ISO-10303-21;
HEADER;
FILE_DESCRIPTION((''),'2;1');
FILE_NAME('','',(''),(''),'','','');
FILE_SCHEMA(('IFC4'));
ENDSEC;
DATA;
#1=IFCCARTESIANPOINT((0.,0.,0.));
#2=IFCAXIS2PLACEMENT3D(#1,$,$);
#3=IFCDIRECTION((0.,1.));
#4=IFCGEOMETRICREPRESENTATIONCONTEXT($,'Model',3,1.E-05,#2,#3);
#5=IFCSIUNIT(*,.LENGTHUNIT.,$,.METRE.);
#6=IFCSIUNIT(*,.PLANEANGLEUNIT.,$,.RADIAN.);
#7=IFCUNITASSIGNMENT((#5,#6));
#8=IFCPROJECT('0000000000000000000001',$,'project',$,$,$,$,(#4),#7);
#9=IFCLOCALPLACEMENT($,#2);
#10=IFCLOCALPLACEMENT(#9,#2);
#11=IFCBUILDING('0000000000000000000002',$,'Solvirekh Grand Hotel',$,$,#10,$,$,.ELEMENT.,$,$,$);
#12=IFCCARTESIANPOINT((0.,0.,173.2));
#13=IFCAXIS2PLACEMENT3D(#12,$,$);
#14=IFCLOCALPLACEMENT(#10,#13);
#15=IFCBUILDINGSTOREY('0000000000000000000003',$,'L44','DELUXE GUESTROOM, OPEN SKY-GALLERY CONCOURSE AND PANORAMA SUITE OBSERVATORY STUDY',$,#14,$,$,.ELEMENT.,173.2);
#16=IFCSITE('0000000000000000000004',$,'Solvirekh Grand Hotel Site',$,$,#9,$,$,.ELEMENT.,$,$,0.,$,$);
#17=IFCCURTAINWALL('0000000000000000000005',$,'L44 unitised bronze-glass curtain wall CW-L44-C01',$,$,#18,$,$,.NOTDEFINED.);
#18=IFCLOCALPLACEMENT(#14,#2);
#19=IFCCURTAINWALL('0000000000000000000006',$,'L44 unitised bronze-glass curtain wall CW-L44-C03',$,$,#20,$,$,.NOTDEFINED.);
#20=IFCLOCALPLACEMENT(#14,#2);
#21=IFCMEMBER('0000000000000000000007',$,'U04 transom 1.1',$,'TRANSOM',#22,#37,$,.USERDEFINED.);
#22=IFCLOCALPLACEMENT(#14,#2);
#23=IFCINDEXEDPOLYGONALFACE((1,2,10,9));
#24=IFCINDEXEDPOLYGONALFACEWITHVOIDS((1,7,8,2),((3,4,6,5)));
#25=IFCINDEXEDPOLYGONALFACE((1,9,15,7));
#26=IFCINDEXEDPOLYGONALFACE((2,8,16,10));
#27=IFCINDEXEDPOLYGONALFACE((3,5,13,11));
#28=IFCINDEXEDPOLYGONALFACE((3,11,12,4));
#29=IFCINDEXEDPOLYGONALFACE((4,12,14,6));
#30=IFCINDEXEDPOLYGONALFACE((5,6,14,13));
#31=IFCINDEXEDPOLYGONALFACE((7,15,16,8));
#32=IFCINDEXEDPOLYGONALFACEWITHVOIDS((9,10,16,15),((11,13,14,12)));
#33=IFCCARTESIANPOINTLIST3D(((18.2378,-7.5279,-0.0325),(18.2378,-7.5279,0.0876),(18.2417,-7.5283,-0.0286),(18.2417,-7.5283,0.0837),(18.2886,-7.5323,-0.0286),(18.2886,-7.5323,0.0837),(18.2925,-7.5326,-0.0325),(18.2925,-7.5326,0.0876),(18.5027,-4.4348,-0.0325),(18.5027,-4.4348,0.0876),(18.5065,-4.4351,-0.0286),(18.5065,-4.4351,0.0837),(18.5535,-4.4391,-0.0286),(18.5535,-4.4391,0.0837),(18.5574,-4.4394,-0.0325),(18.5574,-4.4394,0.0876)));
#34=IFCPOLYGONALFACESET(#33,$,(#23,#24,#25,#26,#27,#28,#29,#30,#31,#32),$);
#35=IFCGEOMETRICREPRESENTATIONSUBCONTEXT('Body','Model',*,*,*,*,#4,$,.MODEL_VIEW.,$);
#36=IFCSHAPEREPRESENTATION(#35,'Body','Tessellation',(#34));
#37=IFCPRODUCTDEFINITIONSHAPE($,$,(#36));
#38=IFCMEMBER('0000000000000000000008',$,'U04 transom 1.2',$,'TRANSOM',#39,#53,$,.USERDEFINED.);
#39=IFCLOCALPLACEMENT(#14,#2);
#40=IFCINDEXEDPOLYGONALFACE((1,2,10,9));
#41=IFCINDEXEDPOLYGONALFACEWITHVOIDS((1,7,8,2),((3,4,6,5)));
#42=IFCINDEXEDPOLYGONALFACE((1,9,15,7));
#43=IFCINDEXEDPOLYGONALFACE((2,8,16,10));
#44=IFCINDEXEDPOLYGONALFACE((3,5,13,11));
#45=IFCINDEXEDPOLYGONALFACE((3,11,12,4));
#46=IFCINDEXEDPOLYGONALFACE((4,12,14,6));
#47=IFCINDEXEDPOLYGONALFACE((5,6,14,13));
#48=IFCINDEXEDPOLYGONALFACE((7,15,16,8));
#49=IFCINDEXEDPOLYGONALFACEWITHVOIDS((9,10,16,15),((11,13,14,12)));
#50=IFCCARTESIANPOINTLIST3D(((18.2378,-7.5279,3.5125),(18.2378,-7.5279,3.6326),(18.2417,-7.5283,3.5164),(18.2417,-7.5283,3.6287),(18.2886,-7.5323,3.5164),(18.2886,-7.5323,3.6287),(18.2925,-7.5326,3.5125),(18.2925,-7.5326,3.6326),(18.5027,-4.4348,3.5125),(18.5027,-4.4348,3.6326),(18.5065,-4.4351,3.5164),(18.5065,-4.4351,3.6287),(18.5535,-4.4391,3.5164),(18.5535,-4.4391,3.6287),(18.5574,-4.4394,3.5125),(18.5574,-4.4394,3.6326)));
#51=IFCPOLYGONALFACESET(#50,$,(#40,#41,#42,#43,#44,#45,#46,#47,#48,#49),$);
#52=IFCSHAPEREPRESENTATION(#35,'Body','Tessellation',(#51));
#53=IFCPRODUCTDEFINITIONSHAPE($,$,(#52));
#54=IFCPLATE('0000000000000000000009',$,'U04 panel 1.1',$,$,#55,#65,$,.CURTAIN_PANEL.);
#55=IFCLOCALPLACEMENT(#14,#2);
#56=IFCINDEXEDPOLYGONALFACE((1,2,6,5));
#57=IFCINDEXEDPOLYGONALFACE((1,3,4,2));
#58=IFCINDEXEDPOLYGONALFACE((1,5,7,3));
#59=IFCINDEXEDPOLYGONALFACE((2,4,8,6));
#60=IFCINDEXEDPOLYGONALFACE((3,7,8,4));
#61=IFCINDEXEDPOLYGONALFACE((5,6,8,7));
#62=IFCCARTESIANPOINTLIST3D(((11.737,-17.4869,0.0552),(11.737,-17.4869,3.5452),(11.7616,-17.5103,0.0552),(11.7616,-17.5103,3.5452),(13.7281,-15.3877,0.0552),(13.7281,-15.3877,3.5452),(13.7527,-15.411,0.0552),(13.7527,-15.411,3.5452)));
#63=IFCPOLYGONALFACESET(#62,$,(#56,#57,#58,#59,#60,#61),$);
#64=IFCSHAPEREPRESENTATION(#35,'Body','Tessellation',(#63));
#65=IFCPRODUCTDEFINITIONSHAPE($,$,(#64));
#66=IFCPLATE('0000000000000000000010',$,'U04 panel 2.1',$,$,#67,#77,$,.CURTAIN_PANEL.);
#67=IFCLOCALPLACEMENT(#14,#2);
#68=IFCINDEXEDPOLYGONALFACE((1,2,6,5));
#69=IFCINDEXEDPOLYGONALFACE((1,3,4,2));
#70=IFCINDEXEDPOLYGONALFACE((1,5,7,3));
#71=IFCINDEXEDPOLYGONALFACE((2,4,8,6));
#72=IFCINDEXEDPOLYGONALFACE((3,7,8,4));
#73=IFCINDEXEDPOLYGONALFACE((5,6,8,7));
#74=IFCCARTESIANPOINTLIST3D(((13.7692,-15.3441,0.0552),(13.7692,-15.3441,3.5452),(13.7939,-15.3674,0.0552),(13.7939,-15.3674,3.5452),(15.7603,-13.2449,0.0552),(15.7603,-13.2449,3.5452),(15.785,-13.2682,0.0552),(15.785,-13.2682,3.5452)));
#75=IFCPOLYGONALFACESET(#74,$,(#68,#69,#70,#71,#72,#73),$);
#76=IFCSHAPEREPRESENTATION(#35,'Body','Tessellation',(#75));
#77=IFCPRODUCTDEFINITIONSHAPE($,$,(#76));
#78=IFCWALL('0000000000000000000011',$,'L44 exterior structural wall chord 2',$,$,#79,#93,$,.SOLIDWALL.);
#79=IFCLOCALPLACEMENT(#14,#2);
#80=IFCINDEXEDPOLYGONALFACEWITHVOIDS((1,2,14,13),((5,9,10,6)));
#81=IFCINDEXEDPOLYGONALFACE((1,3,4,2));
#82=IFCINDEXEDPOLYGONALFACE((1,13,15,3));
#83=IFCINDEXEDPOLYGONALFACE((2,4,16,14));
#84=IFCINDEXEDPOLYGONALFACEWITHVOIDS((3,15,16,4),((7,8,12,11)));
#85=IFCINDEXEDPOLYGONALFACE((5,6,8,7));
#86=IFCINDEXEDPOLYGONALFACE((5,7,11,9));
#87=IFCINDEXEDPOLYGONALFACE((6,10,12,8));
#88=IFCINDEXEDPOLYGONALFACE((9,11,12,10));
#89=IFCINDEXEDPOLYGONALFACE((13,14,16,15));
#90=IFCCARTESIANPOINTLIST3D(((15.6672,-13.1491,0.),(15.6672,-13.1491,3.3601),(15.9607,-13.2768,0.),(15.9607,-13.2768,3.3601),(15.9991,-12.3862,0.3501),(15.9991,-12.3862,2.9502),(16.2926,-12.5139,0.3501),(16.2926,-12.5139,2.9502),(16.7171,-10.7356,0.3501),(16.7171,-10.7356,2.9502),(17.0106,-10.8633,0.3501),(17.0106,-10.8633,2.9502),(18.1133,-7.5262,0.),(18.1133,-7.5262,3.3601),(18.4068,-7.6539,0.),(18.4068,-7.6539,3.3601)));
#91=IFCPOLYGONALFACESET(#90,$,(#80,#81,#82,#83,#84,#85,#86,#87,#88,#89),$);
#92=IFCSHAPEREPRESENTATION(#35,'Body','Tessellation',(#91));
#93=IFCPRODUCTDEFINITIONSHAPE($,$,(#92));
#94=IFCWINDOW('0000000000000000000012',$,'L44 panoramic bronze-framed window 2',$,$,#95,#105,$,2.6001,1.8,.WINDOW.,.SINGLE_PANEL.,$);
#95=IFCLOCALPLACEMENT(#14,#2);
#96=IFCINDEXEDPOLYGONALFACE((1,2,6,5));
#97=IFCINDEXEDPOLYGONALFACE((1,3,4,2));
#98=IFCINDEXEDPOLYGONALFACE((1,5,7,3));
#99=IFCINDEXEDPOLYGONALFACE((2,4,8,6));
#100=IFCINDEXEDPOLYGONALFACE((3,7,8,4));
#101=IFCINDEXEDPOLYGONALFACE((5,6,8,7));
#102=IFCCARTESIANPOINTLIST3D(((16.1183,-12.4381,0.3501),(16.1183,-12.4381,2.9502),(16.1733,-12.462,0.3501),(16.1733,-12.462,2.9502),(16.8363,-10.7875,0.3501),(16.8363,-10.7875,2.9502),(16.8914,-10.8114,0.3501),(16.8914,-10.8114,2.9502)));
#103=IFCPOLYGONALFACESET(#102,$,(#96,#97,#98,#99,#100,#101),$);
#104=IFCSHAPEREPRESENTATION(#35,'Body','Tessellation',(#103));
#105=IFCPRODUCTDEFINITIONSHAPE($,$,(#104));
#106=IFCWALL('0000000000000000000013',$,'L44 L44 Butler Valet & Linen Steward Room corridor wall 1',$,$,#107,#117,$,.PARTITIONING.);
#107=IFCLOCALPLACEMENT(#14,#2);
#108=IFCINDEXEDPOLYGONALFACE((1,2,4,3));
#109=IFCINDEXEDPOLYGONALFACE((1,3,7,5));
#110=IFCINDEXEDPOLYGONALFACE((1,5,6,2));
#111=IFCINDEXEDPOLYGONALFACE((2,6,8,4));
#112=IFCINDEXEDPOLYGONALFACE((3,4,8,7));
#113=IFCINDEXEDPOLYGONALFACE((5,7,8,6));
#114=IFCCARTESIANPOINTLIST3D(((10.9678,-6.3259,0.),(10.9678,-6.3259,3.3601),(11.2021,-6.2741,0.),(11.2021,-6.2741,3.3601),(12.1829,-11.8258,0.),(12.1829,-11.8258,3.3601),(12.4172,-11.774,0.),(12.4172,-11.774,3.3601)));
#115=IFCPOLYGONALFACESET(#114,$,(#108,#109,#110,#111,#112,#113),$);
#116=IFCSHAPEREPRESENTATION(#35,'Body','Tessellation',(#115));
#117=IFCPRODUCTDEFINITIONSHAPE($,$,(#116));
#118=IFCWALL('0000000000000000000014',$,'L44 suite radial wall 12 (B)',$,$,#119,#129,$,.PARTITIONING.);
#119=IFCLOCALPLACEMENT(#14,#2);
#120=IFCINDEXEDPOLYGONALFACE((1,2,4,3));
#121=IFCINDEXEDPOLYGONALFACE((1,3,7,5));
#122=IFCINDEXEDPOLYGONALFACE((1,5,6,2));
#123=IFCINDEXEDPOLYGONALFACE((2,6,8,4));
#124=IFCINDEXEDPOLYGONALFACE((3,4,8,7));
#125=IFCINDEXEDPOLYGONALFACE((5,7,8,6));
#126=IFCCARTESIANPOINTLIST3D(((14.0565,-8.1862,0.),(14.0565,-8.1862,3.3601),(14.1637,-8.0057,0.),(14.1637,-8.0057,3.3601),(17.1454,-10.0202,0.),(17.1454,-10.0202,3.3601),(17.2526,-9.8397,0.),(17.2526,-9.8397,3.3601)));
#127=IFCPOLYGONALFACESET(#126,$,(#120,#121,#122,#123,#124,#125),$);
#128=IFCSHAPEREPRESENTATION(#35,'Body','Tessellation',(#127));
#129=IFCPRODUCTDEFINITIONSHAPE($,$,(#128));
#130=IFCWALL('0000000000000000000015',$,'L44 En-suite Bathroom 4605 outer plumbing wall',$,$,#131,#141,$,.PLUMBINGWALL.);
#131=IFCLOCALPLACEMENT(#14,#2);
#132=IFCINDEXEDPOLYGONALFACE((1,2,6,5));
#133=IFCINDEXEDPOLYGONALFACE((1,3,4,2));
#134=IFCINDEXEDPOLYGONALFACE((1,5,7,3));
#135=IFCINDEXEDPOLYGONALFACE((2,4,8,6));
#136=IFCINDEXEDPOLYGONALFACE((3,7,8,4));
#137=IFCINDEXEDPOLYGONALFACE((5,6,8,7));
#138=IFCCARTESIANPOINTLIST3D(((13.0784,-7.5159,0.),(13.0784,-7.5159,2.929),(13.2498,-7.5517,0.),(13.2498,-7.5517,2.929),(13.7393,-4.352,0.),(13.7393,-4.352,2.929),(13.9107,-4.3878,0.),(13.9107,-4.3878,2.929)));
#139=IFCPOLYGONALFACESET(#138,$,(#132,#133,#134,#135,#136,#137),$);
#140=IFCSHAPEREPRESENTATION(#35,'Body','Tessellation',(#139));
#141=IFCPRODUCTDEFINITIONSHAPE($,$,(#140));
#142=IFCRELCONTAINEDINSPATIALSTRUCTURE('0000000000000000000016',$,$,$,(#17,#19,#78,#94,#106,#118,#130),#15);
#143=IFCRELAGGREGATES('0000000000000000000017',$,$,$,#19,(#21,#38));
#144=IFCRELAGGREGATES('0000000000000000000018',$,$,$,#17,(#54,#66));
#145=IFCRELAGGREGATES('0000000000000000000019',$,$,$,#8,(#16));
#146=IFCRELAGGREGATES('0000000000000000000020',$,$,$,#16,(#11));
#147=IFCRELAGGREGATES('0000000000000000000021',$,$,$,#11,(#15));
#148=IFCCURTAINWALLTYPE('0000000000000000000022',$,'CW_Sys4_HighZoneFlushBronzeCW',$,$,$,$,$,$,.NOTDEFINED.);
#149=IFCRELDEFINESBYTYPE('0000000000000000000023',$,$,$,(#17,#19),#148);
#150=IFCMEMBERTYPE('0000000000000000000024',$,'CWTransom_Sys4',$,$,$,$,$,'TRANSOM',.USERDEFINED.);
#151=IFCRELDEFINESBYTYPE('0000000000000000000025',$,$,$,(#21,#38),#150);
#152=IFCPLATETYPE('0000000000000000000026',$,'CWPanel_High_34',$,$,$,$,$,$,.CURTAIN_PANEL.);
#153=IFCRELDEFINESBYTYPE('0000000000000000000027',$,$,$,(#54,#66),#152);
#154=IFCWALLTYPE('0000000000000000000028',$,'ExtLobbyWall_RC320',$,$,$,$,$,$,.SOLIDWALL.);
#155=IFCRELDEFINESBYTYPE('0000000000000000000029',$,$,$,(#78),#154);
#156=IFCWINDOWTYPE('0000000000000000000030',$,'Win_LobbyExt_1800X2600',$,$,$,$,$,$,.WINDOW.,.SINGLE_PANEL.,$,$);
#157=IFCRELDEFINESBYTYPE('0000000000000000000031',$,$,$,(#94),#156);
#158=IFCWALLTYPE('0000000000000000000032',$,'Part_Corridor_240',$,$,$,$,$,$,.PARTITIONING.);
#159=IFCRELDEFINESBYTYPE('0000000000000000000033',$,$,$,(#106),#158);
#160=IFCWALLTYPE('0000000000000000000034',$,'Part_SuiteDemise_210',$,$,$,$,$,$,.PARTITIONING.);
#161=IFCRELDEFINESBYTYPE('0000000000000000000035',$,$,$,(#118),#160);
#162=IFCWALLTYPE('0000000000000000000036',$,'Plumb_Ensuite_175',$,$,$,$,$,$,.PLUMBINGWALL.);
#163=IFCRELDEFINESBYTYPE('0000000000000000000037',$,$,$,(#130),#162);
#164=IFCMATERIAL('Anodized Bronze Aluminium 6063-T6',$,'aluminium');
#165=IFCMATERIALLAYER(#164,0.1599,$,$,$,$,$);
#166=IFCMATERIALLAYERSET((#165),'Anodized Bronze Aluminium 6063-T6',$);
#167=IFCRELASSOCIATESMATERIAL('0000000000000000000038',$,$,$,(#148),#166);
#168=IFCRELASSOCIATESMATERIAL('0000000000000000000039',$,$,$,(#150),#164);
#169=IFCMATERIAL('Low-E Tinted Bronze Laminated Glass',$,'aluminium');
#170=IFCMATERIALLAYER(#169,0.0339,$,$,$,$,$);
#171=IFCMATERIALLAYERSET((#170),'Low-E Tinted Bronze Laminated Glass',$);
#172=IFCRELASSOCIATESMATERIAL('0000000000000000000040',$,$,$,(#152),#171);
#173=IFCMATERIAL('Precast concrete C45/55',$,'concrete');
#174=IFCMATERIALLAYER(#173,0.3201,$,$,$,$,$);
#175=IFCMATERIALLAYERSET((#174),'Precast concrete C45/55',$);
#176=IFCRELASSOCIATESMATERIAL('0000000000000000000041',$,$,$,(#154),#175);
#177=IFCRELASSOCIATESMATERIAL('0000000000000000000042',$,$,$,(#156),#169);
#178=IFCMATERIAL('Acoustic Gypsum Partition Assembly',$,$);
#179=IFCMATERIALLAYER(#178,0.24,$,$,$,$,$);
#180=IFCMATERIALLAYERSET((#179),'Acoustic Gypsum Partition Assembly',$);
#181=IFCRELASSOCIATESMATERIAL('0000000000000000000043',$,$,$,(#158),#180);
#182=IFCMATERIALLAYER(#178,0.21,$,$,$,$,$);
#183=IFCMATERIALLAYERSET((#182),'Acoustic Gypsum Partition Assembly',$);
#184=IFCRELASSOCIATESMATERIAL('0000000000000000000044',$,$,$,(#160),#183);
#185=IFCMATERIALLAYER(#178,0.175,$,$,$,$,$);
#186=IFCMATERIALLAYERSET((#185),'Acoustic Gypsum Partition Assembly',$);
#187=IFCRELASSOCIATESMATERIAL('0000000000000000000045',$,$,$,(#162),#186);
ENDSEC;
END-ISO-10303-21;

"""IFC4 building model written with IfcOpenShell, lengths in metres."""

from ifc_helpers import new_model, si_unit, direction, frame, frame_2d, origin, origin_2d, place, context, subcontext, project, spatial, rectangle, hollow_rectangle, extrude, source, transform, mapped, material, layer, layer_set, material_profile, profile_set, type_object, element, fill, aggregate, save


model = new_model("IFC4")

# Units and contexts
model_context = context("Model", 3, precision=1e-05, world=origin(), true_north=direction((0.0, 1.0)))
body_context = subcontext(model_context, "Body", "Model", "MODEL_VIEW")
ifc_project = project(units=[si_unit("LENGTHUNIT", "METRE"), si_unit("PLANEANGLEUNIT", "RADIAN")], contexts=[model_context])

# Site, building, storey
site_placement = place(None, origin())
site = spatial("IfcSite", under=ifc_project, at=site_placement, Name="Solvirekh Grand Hotel Site", CompositionType="ELEMENT", RefElevation=0.0)
building_placement = place(site_placement, origin())
building = spatial("IfcBuilding", under=site, at=building_placement, Name="Solvirekh Grand Hotel", CompositionType="ELEMENT")
storey_placement = place(building_placement, frame((0.0, 0.0, 173.2)))
storey = spatial("IfcBuildingStorey", under=building, at=storey_placement, Name="L44", Description="DELUXE GUESTROOM, OPEN SKY-GALLERY CONCOURSE AND PANORAMA SUITE OBSERVATORY STUDY", CompositionType="ELEMENT", Elevation=173.2)

# Curtain wall
ifc_material_1 = material(Name="Anodized Bronze Aluminium 6063-T6", Category="aluminium")
ifc_layer_1 = layer(ifc_material_1, 0.1599)
ifc_layer_set_1 = layer_set([ifc_layer_1], Name="Anodized Bronze Aluminium 6063-T6")
curtain_wall_type = type_object("IfcCurtainWallType", Name="CW_Sys4_HighZoneFlushBronzeCW", PredefinedType="NOTDEFINED", material=ifc_layer_set_1)
curtain_wall_1_placement = place(storey_placement, origin())
curtain_wall_1 = element("IfcCurtainWall", 1, at=curtain_wall_1_placement, inside=storey, type_object=curtain_wall_type, Name="L44 unitised bronze-glass curtain wall CW-L44-C01", PredefinedType="NOTDEFINED")

# Curtain wall
curtain_wall_2_placement = place(storey_placement, origin())
curtain_wall_2 = element("IfcCurtainWall", 2, at=curtain_wall_2_placement, inside=storey, type_object=curtain_wall_type, Name="L44 unitised bronze-glass curtain wall CW-L44-C03", PredefinedType="NOTDEFINED")

# Members
ifc_material_profile_1 = material_profile(ifc_material_1, hollow_rectangle(XDim=0.0549, YDim=0.1201, WallThickness=0.0039, at=origin_2d()), Name="ALU RHS 120X55X4")
ifc_profile_set_1 = profile_set([ifc_material_profile_1], Name="Anodized Bronze Aluminium 6063-T6")
member_type_1 = type_object("IfcMemberType", Name="CWTransom_Sys4", ElementType="TRANSOM", PredefinedType="USERDEFINED", material=ifc_profile_set_1)
shared_shape_1 = source(origin(), body_context, "Body", "SweptSolid", [
    extrude(hollow_rectangle(XDim=0.0549, YDim=0.1201, WallThickness=0.0039, at=origin_2d()), origin(), (0.0, 0.0, 1.0), 3.1045),
])
member_1_placement = place(storey_placement, frame((18.2651, -7.5303, 0.0276), z_axis=(0.085323, 0.996353, 0.0), x_axis=(-0.996353, 0.085323, 0.0)))
member_1 = element("IfcMember", 3, at=member_1_placement, type_object=member_type_1, Name="U04 transom 1.1", ObjectType="TRANSOM", PredefinedType="USERDEFINED", context=body_context, shape_type="MappedRepresentation", body=[
    mapped(shared_shape_1, transform((0.0, 0.0, 0.0), x_axis=(1.0, 0.0, 0.0), y_axis=(0.0, 1.0, 0.0), z_axis=(0.0, 0.0, 1.0), scale=1.0)),
])
member_2_placement = place(storey_placement, frame((18.2651, -7.5303, 3.5725), z_axis=(0.085323, 0.996353, 0.0), x_axis=(-0.996353, 0.085323, 0.0)))
member_2 = element("IfcMember", 4, at=member_2_placement, type_object=member_type_1, Name="U04 transom 1.2", ObjectType="TRANSOM", PredefinedType="USERDEFINED", context=body_context, shape_type="MappedRepresentation", body=[
    mapped(shared_shape_1, transform((0.0, 0.0, 0.0), x_axis=(1.0, 0.0, 0.0), y_axis=(0.0, 1.0, 0.0), z_axis=(0.0, 0.0, 1.0), scale=1.0)),
])
aggregate(curtain_wall_2, [member_1, member_2])

# Plates
ifc_material_2 = material(Name="Low-E Tinted Bronze Laminated Glass", Category="aluminium")
ifc_layer_2 = layer(ifc_material_2, 0.0339)
ifc_layer_set_2 = layer_set([ifc_layer_2], Name="Low-E Tinted Bronze Laminated Glass")
plate_type = type_object("IfcPlateType", Name="CWPanel_High_34", PredefinedType="CURTAIN_PANEL", material=ifc_layer_set_2)
shared_shape_2 = source(origin(), body_context, "Body", "SweptSolid", [
    extrude(rectangle(XDim=2.8933, YDim=0.0339, at=origin_2d()), origin(), (0.0, 0.0, 1.0), 3.49),
])
plate_1_placement = place(storey_placement, frame((12.7449, -16.449, 0.0552), z_axis=(0.0, 0.0, 1.0), x_axis=(0.688172, 0.725547, 0.0)))
plate_1 = element("IfcPlate", 5, at=plate_1_placement, type_object=plate_type, Name="U04 panel 1.1", PredefinedType="CURTAIN_PANEL", context=body_context, shape_type="MappedRepresentation", body=[
    mapped(shared_shape_2, transform((0.0, 0.0, 0.0), x_axis=(1.0, 0.0, 0.0), y_axis=(0.0, 1.0, 0.0), z_axis=(0.0, 0.0, 1.0), scale=1.0)),
])
plate_2_placement = place(storey_placement, frame((14.7771, -14.3062, 0.0552), z_axis=(0.0, 0.0, 1.0), x_axis=(0.688172, 0.725547, 0.0)))
plate_2 = element("IfcPlate", 6, at=plate_2_placement, type_object=plate_type, Name="U04 panel 2.1", PredefinedType="CURTAIN_PANEL", context=body_context, shape_type="MappedRepresentation", body=[
    mapped(shared_shape_2, transform((0.0, 0.0, 0.0), x_axis=(1.0, 0.0, 0.0), y_axis=(0.0, 1.0, 0.0), z_axis=(0.0, 0.0, 1.0), scale=1.0)),
])
aggregate(curtain_wall_1, [plate_1, plate_2])

# Wall, opening, window
ifc_material_3 = material(Name="Precast concrete C45/55", Category="concrete")
ifc_layer_3 = layer(ifc_material_3, 0.3201)
ifc_layer_set_3 = layer_set([ifc_layer_3], Name="Precast concrete C45/55")
wall_type_1 = type_object("IfcWallType", Name="ExtLobbyWall_RC320", PredefinedType="SOLIDWALL", material=ifc_layer_set_3)
wall_1_placement = place(storey_placement, frame((18.26, -7.5901, 0.0), z_axis=(0.0, 0.0, 1.0), x_axis=(-0.398911, -0.91699, 0.0)))
wall_1 = element("IfcWall", 7, at=wall_1_placement, inside=storey, type_object=wall_type_1, Name="L44 exterior structural wall chord 2", PredefinedType="SOLIDWALL", context=body_context, shape_type="SweptSolid", body=[
    extrude(rectangle(XDim=6.1318, YDim=0.3201, at=frame_2d((3.0659, 0.0))), origin(), (0.0, 0.0, 1.0), 3.3601),
])
opening_placement = place(wall_1_placement, frame((3.5, 0.0, 0.3501)))
opening = element("IfcOpeningElement", 8, at=opening_placement, cuts=wall_1, PredefinedType="OPENING", context=body_context, shape_type="SweptSolid", body=[
    extrude(rectangle(XDim=1.8, YDim=2.6001, at=frame_2d((0.8999, 1.3))), frame((0.0, 0.1699, 0.0), z_axis=(0.0, -1.0, 0.0), x_axis=(1.0, 0.0, 0.0)), (0.0, 0.0, 1.0), 0.3401),
])
window_type = type_object("IfcWindowType", Name="Win_LobbyExt_1800X2600", PartitioningType="SINGLE_PANEL", PredefinedType="WINDOW", material=ifc_material_2)
window_placement = place(opening_placement, origin())
window = element("IfcWindow", 9, at=window_placement, inside=storey, type_object=window_type, Name="L44 panoramic bronze-framed window 2", OverallHeight=2.6001, OverallWidth=1.8, PartitioningType="SINGLE_PANEL", PredefinedType="WINDOW", context=body_context, shape_type="SweptSolid", body=[
    extrude(rectangle(XDim=1.8, YDim=2.6001, at=frame_2d((0.8999, 1.3))), frame((0.0, 0.03, 0.0), z_axis=(0.0, -1.0, 0.0), x_axis=(1.0, 0.0, 0.0)), (0.0, 0.0, 1.0), 0.0601),
])
fill(opening, window)

# Walls
ifc_material_4 = material(Name="Acoustic Gypsum Partition Assembly")
ifc_layer_4 = layer(ifc_material_4, 0.24)
ifc_layer_set_4 = layer_set([ifc_layer_4], Name="Acoustic Gypsum Partition Assembly")
wall_type_2 = type_object("IfcWallType", Name="Part_Corridor_240", PredefinedType="PARTITIONING", material=ifc_layer_set_4)
wall_2_placement = place(storey_placement, frame((12.3, -11.8, 0.0), z_axis=(0.0, 0.0, 1.0), x_axis=(-0.215723, 0.976455, 0.0)))
element("IfcWall", 10, at=wall_2_placement, inside=storey, type_object=wall_type_2, Name="L44 L44 Butler Valet & Linen Steward Room corridor wall 1", PredefinedType="PARTITIONING", context=body_context, shape_type="SweptSolid", body=[
    extrude(rectangle(XDim=5.6326, YDim=0.24, at=frame_2d((2.8164, 0.0))), origin(), (0.0, 0.0, 1.0), 3.3601),
])
ifc_layer_5 = layer(ifc_material_4, 0.21)
ifc_layer_set_5 = layer_set([ifc_layer_5], Name="Acoustic Gypsum Partition Assembly")
wall_type_3 = type_object("IfcWallType", Name="Part_SuiteDemise_210", PredefinedType="PARTITIONING", material=ifc_layer_set_5)
wall_3_placement = place(storey_placement, frame((14.1101, -8.0959, 0.0), z_axis=(0.0, 0.0, 1.0), x_axis=(0.859858, -0.510532, 0.0)))
element("IfcWall", 11, at=wall_3_placement, inside=storey, type_object=wall_type_3, Name="L44 suite radial wall 12 (B)", PredefinedType="PARTITIONING", context=body_context, shape_type="SweptSolid", body=[
    extrude(rectangle(XDim=3.5923, YDim=0.21, at=frame_2d((1.7961, 0.0))), origin(), (0.0, 0.0, 1.0), 3.3601),
])
ifc_layer_6 = layer(ifc_material_4, 0.175)
ifc_layer_set_6 = layer_set([ifc_layer_6], Name="Acoustic Gypsum Partition Assembly")
wall_type_4 = type_object("IfcWallType", Name="Plumb_Ensuite_175", PredefinedType="PLUMBINGWALL", material=ifc_layer_set_6)
wall_4_placement = place(storey_placement, frame((13.1641, -7.5339, 0.0), z_axis=(0.0, 0.0, 1.0), x_axis=(0.204476, 0.978872, 0.0)))
element("IfcWall", 12, at=wall_4_placement, inside=storey, type_object=wall_type_4, Name="L44 En-suite Bathroom 4605 outer plumbing wall", PredefinedType="PLUMBINGWALL", context=body_context, shape_type="SweptSolid", body=[
    extrude(rectangle(XDim=3.2322, YDim=0.175, at=frame_2d((1.6162, 0.0))), origin(), (0.0, 0.0, 1.0), 2.929),
])

save(model, "model.ifc")
